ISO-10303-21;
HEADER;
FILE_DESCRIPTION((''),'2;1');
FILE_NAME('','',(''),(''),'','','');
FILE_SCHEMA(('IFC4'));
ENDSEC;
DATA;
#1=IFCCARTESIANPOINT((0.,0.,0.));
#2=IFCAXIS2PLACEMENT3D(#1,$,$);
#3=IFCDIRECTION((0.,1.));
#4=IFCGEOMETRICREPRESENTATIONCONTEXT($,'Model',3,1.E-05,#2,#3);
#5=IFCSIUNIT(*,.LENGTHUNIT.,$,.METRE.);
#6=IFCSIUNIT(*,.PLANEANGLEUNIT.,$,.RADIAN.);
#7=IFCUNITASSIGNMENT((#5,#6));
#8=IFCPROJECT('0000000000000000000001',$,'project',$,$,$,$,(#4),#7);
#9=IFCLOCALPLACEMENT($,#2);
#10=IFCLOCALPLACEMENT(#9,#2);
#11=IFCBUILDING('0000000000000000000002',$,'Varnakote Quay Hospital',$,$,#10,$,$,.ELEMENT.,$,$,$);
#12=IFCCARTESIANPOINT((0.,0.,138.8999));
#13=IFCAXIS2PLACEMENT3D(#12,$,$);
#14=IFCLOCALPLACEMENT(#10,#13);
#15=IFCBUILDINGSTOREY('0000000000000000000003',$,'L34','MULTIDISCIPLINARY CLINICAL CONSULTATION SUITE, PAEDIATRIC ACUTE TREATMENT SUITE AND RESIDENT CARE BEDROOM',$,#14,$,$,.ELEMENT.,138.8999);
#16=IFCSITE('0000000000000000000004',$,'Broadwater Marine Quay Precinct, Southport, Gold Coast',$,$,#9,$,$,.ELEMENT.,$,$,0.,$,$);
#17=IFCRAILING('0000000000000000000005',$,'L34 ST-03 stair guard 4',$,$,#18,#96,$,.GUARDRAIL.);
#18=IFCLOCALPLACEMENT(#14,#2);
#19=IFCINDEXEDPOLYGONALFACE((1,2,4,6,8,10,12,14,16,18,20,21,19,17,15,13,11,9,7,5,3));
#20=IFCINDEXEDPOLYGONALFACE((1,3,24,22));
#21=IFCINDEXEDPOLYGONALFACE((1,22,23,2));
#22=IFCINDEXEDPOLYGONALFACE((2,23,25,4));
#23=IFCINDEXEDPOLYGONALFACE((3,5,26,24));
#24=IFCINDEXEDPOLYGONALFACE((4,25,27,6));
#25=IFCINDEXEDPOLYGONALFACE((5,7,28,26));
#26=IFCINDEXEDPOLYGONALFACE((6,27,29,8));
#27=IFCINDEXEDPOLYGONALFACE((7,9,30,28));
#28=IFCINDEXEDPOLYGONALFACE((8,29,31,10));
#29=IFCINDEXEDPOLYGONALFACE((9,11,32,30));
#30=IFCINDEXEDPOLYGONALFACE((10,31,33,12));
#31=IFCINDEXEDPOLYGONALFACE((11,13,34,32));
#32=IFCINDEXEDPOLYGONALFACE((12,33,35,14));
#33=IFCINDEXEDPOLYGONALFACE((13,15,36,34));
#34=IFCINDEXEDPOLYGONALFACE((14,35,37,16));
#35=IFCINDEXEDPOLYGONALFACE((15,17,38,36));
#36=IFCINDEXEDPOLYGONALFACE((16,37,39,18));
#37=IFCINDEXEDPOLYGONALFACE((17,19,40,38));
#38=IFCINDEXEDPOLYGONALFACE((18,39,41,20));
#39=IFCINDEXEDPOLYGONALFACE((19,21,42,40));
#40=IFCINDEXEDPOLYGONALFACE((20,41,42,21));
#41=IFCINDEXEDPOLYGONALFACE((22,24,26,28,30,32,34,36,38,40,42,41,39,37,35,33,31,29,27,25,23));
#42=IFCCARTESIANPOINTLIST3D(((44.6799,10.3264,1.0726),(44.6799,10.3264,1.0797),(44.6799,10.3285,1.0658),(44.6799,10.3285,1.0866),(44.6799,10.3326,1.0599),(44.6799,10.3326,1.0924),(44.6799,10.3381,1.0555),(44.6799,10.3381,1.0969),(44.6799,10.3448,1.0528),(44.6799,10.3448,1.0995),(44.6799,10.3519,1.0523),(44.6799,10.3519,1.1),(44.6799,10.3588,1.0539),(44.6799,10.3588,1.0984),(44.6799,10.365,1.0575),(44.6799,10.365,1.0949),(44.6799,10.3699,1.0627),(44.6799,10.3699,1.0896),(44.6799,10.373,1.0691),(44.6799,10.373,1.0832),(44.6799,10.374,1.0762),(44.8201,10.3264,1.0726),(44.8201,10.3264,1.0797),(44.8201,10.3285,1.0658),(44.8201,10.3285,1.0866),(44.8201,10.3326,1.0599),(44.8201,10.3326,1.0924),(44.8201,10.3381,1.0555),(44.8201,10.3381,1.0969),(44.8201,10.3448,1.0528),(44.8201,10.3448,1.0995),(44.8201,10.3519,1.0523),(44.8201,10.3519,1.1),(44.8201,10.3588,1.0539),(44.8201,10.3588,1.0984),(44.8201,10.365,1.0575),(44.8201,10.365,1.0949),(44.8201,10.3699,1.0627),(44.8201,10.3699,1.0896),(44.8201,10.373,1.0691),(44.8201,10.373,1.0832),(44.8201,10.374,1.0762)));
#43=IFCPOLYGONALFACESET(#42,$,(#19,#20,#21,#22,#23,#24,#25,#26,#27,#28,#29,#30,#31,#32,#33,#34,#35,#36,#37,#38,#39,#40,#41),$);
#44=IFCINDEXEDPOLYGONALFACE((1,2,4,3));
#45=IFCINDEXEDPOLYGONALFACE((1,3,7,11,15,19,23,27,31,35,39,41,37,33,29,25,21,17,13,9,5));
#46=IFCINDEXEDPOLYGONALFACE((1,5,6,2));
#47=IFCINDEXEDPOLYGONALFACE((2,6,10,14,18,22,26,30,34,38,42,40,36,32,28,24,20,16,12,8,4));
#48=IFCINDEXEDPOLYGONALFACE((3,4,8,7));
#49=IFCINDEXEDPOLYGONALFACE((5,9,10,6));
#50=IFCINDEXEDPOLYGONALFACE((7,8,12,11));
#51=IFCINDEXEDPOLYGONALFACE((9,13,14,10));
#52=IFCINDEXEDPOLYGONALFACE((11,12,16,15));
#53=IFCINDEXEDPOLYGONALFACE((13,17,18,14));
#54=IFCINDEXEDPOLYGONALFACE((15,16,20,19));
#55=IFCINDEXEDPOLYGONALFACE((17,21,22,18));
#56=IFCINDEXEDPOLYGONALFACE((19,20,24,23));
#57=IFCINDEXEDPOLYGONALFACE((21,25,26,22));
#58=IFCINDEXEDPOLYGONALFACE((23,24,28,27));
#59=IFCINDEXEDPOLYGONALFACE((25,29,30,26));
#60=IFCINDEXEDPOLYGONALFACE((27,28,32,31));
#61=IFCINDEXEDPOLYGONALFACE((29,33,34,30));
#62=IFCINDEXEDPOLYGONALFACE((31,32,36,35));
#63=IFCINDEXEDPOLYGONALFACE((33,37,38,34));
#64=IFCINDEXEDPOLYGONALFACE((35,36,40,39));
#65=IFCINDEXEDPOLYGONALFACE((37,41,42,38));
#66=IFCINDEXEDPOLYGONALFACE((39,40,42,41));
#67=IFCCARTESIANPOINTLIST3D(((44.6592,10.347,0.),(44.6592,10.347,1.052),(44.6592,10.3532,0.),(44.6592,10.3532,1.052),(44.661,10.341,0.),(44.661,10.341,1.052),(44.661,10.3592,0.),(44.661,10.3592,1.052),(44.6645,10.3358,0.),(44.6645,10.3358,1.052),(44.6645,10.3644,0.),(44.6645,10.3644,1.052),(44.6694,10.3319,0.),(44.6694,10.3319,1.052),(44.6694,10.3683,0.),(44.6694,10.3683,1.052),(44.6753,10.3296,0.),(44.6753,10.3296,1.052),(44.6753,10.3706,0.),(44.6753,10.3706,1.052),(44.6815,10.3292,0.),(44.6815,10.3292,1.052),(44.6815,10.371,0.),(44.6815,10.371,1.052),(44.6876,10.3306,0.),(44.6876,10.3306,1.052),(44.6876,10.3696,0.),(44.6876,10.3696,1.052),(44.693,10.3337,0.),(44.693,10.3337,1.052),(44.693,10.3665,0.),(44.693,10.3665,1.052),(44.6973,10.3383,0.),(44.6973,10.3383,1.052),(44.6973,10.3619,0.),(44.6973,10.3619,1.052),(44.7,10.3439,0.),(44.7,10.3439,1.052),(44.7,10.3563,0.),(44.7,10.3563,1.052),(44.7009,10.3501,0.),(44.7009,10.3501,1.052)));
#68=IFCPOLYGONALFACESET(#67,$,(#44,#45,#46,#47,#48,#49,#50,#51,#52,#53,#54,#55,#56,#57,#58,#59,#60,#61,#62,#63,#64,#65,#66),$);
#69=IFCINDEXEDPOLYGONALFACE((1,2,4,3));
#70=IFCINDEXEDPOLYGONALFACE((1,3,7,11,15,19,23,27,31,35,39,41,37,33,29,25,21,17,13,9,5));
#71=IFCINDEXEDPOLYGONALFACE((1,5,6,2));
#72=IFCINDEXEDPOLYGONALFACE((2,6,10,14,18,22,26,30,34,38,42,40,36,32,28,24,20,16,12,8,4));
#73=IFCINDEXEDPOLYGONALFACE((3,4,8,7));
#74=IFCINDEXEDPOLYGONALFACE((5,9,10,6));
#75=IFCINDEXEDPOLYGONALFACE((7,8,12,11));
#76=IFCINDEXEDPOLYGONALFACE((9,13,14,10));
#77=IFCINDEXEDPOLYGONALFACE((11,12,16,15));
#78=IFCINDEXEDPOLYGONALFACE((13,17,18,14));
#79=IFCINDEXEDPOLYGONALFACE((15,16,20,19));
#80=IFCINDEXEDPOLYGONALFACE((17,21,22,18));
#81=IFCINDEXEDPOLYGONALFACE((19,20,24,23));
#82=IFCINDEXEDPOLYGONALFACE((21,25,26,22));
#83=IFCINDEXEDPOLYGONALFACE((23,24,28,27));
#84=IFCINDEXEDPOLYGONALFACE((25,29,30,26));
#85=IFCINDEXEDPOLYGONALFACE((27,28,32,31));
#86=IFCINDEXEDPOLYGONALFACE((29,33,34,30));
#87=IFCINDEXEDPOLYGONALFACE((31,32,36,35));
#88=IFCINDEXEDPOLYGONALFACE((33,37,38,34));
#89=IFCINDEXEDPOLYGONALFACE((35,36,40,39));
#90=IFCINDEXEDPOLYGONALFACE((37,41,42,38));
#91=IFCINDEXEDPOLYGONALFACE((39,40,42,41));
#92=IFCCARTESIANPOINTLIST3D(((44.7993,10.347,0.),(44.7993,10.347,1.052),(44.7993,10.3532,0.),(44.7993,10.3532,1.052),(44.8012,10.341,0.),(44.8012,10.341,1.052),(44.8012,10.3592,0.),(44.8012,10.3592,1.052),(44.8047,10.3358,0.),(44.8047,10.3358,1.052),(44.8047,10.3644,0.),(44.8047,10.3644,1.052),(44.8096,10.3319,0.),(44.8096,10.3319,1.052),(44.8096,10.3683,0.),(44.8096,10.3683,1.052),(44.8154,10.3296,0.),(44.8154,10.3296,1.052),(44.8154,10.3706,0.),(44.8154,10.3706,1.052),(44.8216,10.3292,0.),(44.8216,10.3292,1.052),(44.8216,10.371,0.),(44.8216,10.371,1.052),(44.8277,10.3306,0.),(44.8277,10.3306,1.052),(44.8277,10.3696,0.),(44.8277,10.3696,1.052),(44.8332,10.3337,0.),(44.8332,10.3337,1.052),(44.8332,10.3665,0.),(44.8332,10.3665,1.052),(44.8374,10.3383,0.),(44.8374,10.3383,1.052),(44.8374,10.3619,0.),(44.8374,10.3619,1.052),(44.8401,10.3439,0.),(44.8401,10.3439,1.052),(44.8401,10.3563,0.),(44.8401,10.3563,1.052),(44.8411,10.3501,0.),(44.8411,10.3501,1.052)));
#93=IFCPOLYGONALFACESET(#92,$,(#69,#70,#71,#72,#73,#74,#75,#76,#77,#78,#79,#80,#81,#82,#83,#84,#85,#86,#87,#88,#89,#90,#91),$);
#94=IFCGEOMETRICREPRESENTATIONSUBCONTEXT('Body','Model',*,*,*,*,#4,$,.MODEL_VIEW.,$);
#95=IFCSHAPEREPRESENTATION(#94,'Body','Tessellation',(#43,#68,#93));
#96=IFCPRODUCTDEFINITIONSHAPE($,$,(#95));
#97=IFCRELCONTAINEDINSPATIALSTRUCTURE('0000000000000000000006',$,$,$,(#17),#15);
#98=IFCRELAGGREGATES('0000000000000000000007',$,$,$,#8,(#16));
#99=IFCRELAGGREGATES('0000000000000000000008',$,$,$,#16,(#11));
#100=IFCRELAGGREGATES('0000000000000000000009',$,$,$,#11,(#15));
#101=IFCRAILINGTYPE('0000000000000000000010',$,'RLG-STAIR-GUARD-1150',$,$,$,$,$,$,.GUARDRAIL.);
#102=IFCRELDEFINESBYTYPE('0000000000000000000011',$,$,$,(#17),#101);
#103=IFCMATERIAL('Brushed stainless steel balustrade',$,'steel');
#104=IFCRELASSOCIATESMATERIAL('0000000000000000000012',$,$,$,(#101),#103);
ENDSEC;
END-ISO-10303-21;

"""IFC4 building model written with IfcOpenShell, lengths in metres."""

from ifc_helpers import new_model, si_unit, direction, frame, origin, origin_2d, place, context, subcontext, project, spatial, circle, extrude, material, type_object, element, save


model = new_model("IFC4")

# Units and contexts
model_context = context("Model", 3, precision=1e-05, world=origin(), true_north=direction((0.0, 1.0)))
body_context = subcontext(model_context, "Body", "Model", "MODEL_VIEW")
ifc_project = project(units=[si_unit("LENGTHUNIT", "METRE"), si_unit("PLANEANGLEUNIT", "RADIAN")], contexts=[model_context])

# Site, building, storey
site_placement = place(None, origin())
site = spatial("IfcSite", under=ifc_project, at=site_placement, Name="Broadwater Marine Quay Precinct, Southport, Gold Coast", CompositionType="ELEMENT", RefElevation=0.0)
building_placement = place(site_placement, origin())
building = spatial("IfcBuilding", under=site, at=building_placement, Name="Varnakote Quay Hospital", CompositionType="ELEMENT")
storey_placement = place(building_placement, frame((0.0, 0.0, 138.8999)))
storey = spatial("IfcBuildingStorey", under=building, at=storey_placement, Name="L34", Description="MULTIDISCIPLINARY CLINICAL CONSULTATION SUITE, PAEDIATRIC ACUTE TREATMENT SUITE AND RESIDENT CARE BEDROOM", CompositionType="ELEMENT", Elevation=138.8999)

# Railing
ifc_material_1 = material(Name="Brushed stainless steel balustrade", Category="steel")
railing_type_1 = type_object("IfcRailingType", Name="RLG-STAIR-GUARD-1150", PredefinedType="GUARDRAIL", material=ifc_material_1)
railing_1_placement = place(storey_placement, frame((44.6799, 10.3501, 0.0)))
element("IfcRailing", 1, at=railing_1_placement, inside=storey, type_object=railing_type_1, Name="L34 ST-03 stair guard 4", PredefinedType="GUARDRAIL", context=body_context, shape_type="SweptSolid", body=[
    extrude(circle(Radius=0.0239, at=origin_2d()), frame((0.0, 0.0, 1.0762), z_axis=(1.0, 0.0, 0.0), x_axis=(0.0, 1.0, 0.0)), (0.0, 0.0, 1.0), 0.1401),
    extrude(circle(Radius=0.021, at=origin_2d()), origin(), (0.0, 0.0, 1.0), 1.052),
    extrude(circle(Radius=0.021, at=origin_2d()), frame((0.1401, 0.0, 0.0)), (0.0, 0.0, 1.0), 1.052),
])

save(model, "model.ifc")
